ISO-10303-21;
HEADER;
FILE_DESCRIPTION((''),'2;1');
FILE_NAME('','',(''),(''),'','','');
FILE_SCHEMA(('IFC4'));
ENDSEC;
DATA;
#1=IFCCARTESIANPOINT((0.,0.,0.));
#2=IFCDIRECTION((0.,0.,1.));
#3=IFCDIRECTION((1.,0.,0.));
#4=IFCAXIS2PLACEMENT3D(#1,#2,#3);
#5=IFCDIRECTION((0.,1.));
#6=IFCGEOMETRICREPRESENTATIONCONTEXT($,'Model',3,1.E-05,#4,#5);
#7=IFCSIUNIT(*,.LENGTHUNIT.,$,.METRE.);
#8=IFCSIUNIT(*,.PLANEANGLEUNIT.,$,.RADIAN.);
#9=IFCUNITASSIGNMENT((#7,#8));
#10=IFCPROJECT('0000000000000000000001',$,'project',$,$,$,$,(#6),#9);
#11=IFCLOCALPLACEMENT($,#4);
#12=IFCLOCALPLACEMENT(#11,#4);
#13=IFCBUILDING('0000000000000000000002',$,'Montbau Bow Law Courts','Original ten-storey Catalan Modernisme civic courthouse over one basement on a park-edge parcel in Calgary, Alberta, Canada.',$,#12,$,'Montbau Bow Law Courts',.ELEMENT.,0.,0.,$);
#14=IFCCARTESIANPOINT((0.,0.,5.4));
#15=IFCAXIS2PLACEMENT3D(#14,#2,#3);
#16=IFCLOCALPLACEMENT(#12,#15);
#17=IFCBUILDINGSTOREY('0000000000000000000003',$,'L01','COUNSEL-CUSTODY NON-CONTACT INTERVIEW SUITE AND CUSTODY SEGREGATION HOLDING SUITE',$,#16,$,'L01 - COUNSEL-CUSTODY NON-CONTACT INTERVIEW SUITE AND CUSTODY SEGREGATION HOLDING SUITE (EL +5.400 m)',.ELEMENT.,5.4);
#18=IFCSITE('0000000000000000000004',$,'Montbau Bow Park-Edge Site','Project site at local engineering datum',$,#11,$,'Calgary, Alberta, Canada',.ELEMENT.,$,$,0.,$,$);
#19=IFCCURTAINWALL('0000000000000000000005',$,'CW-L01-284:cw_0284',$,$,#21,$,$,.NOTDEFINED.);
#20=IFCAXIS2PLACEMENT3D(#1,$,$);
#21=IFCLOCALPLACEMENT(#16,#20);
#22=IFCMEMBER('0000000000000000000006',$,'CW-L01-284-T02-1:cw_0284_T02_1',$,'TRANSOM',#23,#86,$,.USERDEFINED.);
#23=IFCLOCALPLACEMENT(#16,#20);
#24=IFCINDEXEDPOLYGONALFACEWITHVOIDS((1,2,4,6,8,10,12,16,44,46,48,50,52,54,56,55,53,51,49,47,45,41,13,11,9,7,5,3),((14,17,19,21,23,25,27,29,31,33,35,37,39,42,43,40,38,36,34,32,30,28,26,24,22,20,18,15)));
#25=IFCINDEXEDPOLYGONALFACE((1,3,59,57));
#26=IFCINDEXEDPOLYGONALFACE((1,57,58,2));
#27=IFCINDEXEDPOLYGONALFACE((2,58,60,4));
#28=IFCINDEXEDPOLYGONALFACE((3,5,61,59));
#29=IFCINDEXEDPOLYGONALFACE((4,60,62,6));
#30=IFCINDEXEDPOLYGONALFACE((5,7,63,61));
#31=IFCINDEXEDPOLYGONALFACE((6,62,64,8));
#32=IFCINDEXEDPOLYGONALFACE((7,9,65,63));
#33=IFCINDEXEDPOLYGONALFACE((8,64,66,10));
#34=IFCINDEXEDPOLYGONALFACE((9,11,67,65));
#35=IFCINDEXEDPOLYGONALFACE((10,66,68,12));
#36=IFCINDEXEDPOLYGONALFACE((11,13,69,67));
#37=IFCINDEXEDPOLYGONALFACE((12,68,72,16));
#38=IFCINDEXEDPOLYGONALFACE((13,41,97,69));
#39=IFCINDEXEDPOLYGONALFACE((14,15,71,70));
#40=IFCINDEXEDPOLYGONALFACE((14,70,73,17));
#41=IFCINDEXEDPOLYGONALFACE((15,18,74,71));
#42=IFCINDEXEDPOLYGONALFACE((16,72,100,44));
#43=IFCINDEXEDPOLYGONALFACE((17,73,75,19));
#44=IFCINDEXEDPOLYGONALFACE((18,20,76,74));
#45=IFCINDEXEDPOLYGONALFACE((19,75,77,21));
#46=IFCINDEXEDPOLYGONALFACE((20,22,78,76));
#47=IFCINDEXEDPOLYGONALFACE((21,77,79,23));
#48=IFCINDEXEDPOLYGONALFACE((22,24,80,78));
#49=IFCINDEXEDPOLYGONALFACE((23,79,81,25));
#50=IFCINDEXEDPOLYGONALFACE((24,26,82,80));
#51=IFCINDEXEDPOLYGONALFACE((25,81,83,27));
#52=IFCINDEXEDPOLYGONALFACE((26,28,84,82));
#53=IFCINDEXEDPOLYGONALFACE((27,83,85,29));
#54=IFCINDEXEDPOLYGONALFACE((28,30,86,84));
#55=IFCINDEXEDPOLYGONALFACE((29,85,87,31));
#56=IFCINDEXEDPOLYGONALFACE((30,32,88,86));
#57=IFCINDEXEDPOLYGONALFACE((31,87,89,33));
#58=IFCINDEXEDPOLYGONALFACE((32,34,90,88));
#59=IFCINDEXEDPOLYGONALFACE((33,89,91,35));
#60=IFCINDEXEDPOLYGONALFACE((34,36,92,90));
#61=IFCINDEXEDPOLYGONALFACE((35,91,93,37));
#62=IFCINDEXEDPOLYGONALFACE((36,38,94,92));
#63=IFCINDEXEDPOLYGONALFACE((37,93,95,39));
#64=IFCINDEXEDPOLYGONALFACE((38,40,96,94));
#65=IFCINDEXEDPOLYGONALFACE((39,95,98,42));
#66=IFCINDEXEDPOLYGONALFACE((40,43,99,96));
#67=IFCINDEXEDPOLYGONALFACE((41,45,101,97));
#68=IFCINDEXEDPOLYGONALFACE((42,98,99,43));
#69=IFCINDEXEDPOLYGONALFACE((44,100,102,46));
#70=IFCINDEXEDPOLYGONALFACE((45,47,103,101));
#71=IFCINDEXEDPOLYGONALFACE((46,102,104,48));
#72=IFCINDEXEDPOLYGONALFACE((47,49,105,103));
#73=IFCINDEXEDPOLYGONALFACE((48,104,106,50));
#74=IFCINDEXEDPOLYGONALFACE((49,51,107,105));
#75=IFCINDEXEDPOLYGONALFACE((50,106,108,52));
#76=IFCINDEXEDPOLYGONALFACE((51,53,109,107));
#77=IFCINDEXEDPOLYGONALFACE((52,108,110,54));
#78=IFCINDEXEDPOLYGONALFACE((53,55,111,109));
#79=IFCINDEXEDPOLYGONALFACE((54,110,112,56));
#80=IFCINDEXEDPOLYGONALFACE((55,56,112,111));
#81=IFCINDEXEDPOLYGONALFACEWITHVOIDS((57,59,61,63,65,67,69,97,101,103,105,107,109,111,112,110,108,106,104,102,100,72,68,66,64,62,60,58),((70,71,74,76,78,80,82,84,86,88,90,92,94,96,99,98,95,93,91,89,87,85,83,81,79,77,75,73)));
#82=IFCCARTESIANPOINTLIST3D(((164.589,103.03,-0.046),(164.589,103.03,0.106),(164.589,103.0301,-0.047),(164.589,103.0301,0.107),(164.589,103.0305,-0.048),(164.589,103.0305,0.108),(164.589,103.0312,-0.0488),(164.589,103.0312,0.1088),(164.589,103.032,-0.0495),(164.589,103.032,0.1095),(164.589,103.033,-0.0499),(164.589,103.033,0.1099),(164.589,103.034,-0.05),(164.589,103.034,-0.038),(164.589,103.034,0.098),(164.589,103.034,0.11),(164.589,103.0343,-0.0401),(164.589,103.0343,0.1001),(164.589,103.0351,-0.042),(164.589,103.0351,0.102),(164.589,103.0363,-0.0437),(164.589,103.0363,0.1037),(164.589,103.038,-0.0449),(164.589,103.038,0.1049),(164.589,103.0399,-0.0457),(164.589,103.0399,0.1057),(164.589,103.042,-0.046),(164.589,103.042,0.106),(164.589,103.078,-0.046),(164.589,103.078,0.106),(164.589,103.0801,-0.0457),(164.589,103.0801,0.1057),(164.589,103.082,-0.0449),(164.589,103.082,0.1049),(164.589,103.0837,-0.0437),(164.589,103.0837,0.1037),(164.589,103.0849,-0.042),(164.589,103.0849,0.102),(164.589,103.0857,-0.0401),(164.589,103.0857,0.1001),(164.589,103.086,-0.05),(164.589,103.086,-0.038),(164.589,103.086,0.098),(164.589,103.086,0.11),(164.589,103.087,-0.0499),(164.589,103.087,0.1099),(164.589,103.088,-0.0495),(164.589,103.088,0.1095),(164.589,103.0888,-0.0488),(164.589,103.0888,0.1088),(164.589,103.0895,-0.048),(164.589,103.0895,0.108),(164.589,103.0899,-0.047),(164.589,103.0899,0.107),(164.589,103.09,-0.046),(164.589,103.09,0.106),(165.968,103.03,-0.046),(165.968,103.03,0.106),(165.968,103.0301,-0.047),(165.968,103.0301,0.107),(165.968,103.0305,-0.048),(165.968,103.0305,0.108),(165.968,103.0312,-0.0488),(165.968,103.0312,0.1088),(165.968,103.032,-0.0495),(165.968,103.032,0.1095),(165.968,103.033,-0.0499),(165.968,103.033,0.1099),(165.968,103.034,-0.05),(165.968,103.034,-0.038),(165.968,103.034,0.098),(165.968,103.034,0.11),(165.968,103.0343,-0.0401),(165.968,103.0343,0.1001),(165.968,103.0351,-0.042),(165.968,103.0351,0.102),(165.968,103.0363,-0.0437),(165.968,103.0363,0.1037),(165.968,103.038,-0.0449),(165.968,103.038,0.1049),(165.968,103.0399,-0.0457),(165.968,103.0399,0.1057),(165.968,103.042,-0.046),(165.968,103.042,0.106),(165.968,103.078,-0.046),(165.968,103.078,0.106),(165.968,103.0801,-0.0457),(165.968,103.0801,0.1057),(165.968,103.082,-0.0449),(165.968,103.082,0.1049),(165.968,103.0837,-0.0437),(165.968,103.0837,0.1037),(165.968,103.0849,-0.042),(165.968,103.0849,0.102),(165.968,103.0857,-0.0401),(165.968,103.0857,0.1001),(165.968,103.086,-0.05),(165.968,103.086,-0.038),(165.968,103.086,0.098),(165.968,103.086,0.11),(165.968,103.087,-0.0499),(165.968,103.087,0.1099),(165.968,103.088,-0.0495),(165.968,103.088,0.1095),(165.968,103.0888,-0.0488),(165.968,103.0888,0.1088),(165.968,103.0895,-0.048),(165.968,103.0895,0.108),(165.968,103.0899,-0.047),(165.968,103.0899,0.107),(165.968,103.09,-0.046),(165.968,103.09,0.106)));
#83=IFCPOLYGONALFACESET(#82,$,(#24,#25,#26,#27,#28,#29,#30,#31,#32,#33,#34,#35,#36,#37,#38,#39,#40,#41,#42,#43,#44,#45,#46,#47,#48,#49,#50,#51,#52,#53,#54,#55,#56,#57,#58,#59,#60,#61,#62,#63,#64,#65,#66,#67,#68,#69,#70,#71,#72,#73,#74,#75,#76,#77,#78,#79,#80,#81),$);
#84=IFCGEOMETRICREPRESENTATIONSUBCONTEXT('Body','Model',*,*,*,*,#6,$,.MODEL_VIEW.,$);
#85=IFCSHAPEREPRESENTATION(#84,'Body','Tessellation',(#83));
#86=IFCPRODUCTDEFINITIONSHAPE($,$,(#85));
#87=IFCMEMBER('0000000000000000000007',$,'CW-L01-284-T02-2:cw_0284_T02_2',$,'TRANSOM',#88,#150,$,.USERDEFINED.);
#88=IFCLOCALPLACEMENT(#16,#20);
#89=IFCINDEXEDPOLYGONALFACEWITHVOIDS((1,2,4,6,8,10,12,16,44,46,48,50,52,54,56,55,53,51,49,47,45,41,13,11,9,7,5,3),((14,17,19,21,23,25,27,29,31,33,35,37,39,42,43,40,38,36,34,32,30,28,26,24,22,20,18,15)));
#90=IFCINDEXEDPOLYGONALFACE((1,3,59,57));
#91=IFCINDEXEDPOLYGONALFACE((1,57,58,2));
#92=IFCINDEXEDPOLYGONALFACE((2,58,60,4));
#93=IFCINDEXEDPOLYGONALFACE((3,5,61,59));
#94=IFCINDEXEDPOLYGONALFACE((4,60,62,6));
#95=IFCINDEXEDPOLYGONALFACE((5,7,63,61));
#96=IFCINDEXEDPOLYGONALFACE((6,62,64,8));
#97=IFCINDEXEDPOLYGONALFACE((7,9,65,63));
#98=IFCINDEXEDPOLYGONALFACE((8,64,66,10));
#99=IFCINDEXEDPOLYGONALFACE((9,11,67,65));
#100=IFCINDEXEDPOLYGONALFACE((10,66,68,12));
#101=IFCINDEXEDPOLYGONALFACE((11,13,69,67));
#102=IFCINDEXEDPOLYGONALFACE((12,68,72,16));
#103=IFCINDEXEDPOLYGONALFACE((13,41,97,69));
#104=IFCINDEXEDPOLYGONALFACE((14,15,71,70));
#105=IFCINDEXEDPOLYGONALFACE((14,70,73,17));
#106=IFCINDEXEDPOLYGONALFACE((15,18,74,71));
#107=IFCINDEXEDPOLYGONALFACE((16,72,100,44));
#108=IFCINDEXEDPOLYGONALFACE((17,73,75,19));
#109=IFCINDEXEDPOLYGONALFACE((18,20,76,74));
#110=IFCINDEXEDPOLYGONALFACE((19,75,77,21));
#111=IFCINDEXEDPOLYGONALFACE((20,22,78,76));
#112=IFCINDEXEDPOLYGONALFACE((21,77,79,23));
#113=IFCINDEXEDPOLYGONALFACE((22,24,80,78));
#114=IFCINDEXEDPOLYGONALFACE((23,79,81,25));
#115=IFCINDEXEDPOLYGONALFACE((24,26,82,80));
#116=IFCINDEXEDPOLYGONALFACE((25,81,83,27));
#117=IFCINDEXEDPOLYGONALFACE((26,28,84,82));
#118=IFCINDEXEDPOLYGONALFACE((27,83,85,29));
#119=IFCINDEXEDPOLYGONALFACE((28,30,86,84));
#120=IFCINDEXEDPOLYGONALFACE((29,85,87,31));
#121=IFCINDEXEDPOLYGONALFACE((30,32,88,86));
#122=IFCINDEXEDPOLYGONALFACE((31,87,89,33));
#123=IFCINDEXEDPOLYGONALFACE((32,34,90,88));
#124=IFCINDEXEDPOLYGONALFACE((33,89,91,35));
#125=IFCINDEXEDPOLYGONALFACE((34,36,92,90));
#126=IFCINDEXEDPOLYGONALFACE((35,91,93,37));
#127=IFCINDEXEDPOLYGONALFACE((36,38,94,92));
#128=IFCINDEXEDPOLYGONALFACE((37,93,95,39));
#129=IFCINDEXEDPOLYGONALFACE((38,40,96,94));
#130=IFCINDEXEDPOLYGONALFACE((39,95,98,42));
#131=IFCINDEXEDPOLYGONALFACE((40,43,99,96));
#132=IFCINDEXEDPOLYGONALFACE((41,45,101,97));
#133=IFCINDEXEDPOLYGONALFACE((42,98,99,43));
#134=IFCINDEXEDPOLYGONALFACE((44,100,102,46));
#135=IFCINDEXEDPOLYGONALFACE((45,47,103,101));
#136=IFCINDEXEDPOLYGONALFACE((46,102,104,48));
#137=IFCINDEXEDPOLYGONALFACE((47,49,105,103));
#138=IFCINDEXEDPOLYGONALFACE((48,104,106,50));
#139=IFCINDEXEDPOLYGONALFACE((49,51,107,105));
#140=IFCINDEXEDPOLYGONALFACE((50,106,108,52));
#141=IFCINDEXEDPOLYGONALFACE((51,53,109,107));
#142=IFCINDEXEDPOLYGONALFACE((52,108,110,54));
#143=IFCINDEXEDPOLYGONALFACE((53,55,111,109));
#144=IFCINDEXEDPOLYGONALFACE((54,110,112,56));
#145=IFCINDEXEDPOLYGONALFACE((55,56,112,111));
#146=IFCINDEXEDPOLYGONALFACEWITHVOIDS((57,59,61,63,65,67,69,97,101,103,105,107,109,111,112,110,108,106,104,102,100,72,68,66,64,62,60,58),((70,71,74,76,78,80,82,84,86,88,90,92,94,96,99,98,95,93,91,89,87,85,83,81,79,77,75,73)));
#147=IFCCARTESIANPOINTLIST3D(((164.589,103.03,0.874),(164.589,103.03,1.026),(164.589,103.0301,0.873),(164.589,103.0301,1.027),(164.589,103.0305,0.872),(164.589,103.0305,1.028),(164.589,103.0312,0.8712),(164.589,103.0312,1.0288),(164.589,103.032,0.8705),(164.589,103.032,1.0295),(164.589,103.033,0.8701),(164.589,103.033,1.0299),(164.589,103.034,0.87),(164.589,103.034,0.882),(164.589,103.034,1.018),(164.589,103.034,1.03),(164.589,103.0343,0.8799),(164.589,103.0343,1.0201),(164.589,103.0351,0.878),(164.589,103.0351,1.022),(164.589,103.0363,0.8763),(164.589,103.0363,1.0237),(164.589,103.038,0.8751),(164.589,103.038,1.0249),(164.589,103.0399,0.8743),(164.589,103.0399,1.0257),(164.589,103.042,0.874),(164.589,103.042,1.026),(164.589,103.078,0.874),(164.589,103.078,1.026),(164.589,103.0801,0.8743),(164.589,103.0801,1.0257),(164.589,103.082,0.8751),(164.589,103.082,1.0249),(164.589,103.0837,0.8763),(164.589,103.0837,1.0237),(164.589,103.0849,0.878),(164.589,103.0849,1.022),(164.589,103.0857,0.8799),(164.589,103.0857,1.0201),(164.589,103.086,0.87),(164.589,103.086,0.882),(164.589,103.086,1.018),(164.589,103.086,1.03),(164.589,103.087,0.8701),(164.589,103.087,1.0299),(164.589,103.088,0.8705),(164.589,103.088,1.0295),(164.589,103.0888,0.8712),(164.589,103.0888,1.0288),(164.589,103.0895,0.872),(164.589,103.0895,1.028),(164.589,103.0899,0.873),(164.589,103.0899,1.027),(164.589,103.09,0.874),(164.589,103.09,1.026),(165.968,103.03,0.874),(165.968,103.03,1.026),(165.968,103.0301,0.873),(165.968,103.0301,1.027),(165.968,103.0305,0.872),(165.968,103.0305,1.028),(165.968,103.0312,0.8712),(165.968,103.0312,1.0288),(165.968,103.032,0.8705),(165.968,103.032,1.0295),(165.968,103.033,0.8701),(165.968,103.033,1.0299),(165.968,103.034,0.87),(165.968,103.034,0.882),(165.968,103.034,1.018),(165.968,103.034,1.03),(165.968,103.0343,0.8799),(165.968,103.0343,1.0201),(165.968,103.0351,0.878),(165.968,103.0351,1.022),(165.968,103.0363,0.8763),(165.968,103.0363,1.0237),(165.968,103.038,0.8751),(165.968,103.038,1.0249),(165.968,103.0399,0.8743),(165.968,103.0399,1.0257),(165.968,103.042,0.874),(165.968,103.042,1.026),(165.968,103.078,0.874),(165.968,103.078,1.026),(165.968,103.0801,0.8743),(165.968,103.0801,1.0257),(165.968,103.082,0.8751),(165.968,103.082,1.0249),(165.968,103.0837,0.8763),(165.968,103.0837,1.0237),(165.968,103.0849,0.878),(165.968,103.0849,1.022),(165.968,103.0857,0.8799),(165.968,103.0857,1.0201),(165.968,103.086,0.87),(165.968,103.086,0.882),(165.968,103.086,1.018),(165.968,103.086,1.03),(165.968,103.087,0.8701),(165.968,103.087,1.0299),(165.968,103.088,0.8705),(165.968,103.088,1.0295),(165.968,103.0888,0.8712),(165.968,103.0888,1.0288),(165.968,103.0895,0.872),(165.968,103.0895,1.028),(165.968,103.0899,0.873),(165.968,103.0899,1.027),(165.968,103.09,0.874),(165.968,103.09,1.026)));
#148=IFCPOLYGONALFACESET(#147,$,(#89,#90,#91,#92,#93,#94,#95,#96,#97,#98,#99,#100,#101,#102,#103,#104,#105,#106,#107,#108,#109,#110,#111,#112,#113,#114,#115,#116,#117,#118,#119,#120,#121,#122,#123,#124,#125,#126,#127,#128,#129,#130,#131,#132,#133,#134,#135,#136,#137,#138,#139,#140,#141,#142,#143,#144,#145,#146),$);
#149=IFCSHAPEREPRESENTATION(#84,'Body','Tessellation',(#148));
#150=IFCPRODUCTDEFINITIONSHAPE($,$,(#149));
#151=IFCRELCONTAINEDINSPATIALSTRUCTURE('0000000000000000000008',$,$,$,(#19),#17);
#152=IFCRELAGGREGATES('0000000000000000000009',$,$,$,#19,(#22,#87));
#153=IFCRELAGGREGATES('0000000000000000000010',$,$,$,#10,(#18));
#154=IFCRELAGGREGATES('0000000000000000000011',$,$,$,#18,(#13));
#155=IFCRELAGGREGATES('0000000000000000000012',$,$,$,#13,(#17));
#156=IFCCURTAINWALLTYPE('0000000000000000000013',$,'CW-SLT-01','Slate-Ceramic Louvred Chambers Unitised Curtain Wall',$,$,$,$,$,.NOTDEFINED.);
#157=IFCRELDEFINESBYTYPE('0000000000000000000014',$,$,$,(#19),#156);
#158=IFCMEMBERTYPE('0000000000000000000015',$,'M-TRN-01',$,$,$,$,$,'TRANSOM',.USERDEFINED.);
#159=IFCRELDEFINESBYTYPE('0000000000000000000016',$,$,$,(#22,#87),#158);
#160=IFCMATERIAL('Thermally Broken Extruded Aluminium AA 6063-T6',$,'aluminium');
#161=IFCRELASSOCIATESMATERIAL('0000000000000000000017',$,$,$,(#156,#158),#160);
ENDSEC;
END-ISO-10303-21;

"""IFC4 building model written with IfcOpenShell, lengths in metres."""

from ifc_helpers import new_model, si_unit, direction, frame, origin_with_axes, origin_2d_with_axis, place, context, subcontext, project, spatial, hollow_rectangle, extrude, material, material_profile, profile_set, type_object, element, aggregate, save


model = new_model("IFC4")

# Units and contexts
model_context = context("Model", 3, precision=1e-05, world=origin_with_axes(), true_north=direction((0.0, 1.0)))
body_context = subcontext(model_context, "Body", "Model", "MODEL_VIEW")
ifc_project = project(units=[si_unit("LENGTHUNIT", "METRE"), si_unit("PLANEANGLEUNIT", "RADIAN")], contexts=[model_context])

# Site, building, storey
site_placement = place(None, origin_with_axes())
site = spatial("IfcSite", under=ifc_project, at=site_placement, Name="Montbau Bow Park-Edge Site", Description="Project site at local engineering datum", LongName="Calgary, Alberta, Canada", CompositionType="ELEMENT", RefElevation=0.0)
building_placement = place(site_placement, origin_with_axes())
building = spatial("IfcBuilding", under=site, at=building_placement, Name="Montbau Bow Law Courts", Description="Original ten-storey Catalan Modernisme civic courthouse over one basement on a park-edge parcel in Calgary, Alberta, Canada.", LongName="Montbau Bow Law Courts", CompositionType="ELEMENT", ElevationOfRefHeight=0.0, ElevationOfTerrain=0.0)
storey_placement = place(building_placement, frame((0.0, 0.0, 5.4), z_axis=(0.0, 0.0, 1.0), x_axis=(1.0, 0.0, 0.0)))
storey = spatial("IfcBuildingStorey", under=building, at=storey_placement, Name="L01", Description="COUNSEL-CUSTODY NON-CONTACT INTERVIEW SUITE AND CUSTODY SEGREGATION HOLDING SUITE", LongName="L01 - COUNSEL-CUSTODY NON-CONTACT INTERVIEW SUITE AND CUSTODY SEGREGATION HOLDING SUITE (EL +5.400 m)", CompositionType="ELEMENT", Elevation=5.4)

# Shared definitions
ifc_material_1 = material(Name="Thermally Broken Extruded Aluminium AA 6063-T6", Category="aluminium")
curtain_wall_type = type_object("IfcCurtainWallType", Name="CW-SLT-01", Description="Slate-Ceramic Louvred Chambers Unitised Curtain Wall", PredefinedType="NOTDEFINED", material=ifc_material_1)

# Curtain wall, members
curtain_wall_1_placement = place(None, frame((163.115, 103.06, 5.4), z_axis=(0.0, 0.0, 1.0), x_axis=(1.0, 0.0, 0.0)))
curtain_wall_1 = element("IfcCurtainWall", 1, at=curtain_wall_1_placement, inside=storey, type_object=curtain_wall_type, Name="CW-L01-284:cw_0284", PredefinedType="NOTDEFINED")
ifc_material_profile_1 = material_profile(ifc_material_1, hollow_rectangle(XDim=0.06, YDim=0.16, WallThickness=0.004, InnerFilletRadius=0.008, OuterFilletRadius=0.004, at=origin_2d_with_axis()), Name="CWT-160X60", Category="Main", Priority=0)
ifc_profile_set_1 = profile_set([ifc_material_profile_1], Name="Thermally Broken Extruded Aluminium AA 6063-T6")
member_type_1 = type_object("IfcMemberType", Name="M-TRN-01", ElementType="TRANSOM", PredefinedType="USERDEFINED", material=ifc_profile_set_1)
member_1_placement = place(None, frame((164.589, 103.06, 5.43), z_axis=(1.0, 0.0, 0.0), x_axis=(0.0, 1.0, 0.0)))
member_1 = element("IfcMember", 2, at=member_1_placement, type_object=member_type_1, Name="CW-L01-284-T02-1:cw_0284_T02_1", ObjectType="TRANSOM", PredefinedType="USERDEFINED", context=body_context, shape_type="SweptSolid", body=[
    extrude(hollow_rectangle(XDim=0.06, YDim=0.16, WallThickness=0.004, InnerFilletRadius=0.008, OuterFilletRadius=0.004, at=origin_2d_with_axis()), origin_with_axes(), (0.0, 0.0, 1.0), 1.379),
])
member_2_placement = place(None, frame((164.589, 103.06, 6.35), z_axis=(1.0, 0.0, 0.0), x_axis=(0.0, 1.0, 0.0)))
member_2 = element("IfcMember", 3, at=member_2_placement, type_object=member_type_1, Name="CW-L01-284-T02-2:cw_0284_T02_2", ObjectType="TRANSOM", PredefinedType="USERDEFINED", context=body_context, shape_type="SweptSolid", body=[
    extrude(hollow_rectangle(XDim=0.06, YDim=0.16, WallThickness=0.004, InnerFilletRadius=0.008, OuterFilletRadius=0.004, at=origin_2d_with_axis()), origin_with_axes(), (0.0, 0.0, 1.0), 1.379),
])

aggregate(curtain_wall_1, [member_1, member_2])

save(model, "model.ifc")
